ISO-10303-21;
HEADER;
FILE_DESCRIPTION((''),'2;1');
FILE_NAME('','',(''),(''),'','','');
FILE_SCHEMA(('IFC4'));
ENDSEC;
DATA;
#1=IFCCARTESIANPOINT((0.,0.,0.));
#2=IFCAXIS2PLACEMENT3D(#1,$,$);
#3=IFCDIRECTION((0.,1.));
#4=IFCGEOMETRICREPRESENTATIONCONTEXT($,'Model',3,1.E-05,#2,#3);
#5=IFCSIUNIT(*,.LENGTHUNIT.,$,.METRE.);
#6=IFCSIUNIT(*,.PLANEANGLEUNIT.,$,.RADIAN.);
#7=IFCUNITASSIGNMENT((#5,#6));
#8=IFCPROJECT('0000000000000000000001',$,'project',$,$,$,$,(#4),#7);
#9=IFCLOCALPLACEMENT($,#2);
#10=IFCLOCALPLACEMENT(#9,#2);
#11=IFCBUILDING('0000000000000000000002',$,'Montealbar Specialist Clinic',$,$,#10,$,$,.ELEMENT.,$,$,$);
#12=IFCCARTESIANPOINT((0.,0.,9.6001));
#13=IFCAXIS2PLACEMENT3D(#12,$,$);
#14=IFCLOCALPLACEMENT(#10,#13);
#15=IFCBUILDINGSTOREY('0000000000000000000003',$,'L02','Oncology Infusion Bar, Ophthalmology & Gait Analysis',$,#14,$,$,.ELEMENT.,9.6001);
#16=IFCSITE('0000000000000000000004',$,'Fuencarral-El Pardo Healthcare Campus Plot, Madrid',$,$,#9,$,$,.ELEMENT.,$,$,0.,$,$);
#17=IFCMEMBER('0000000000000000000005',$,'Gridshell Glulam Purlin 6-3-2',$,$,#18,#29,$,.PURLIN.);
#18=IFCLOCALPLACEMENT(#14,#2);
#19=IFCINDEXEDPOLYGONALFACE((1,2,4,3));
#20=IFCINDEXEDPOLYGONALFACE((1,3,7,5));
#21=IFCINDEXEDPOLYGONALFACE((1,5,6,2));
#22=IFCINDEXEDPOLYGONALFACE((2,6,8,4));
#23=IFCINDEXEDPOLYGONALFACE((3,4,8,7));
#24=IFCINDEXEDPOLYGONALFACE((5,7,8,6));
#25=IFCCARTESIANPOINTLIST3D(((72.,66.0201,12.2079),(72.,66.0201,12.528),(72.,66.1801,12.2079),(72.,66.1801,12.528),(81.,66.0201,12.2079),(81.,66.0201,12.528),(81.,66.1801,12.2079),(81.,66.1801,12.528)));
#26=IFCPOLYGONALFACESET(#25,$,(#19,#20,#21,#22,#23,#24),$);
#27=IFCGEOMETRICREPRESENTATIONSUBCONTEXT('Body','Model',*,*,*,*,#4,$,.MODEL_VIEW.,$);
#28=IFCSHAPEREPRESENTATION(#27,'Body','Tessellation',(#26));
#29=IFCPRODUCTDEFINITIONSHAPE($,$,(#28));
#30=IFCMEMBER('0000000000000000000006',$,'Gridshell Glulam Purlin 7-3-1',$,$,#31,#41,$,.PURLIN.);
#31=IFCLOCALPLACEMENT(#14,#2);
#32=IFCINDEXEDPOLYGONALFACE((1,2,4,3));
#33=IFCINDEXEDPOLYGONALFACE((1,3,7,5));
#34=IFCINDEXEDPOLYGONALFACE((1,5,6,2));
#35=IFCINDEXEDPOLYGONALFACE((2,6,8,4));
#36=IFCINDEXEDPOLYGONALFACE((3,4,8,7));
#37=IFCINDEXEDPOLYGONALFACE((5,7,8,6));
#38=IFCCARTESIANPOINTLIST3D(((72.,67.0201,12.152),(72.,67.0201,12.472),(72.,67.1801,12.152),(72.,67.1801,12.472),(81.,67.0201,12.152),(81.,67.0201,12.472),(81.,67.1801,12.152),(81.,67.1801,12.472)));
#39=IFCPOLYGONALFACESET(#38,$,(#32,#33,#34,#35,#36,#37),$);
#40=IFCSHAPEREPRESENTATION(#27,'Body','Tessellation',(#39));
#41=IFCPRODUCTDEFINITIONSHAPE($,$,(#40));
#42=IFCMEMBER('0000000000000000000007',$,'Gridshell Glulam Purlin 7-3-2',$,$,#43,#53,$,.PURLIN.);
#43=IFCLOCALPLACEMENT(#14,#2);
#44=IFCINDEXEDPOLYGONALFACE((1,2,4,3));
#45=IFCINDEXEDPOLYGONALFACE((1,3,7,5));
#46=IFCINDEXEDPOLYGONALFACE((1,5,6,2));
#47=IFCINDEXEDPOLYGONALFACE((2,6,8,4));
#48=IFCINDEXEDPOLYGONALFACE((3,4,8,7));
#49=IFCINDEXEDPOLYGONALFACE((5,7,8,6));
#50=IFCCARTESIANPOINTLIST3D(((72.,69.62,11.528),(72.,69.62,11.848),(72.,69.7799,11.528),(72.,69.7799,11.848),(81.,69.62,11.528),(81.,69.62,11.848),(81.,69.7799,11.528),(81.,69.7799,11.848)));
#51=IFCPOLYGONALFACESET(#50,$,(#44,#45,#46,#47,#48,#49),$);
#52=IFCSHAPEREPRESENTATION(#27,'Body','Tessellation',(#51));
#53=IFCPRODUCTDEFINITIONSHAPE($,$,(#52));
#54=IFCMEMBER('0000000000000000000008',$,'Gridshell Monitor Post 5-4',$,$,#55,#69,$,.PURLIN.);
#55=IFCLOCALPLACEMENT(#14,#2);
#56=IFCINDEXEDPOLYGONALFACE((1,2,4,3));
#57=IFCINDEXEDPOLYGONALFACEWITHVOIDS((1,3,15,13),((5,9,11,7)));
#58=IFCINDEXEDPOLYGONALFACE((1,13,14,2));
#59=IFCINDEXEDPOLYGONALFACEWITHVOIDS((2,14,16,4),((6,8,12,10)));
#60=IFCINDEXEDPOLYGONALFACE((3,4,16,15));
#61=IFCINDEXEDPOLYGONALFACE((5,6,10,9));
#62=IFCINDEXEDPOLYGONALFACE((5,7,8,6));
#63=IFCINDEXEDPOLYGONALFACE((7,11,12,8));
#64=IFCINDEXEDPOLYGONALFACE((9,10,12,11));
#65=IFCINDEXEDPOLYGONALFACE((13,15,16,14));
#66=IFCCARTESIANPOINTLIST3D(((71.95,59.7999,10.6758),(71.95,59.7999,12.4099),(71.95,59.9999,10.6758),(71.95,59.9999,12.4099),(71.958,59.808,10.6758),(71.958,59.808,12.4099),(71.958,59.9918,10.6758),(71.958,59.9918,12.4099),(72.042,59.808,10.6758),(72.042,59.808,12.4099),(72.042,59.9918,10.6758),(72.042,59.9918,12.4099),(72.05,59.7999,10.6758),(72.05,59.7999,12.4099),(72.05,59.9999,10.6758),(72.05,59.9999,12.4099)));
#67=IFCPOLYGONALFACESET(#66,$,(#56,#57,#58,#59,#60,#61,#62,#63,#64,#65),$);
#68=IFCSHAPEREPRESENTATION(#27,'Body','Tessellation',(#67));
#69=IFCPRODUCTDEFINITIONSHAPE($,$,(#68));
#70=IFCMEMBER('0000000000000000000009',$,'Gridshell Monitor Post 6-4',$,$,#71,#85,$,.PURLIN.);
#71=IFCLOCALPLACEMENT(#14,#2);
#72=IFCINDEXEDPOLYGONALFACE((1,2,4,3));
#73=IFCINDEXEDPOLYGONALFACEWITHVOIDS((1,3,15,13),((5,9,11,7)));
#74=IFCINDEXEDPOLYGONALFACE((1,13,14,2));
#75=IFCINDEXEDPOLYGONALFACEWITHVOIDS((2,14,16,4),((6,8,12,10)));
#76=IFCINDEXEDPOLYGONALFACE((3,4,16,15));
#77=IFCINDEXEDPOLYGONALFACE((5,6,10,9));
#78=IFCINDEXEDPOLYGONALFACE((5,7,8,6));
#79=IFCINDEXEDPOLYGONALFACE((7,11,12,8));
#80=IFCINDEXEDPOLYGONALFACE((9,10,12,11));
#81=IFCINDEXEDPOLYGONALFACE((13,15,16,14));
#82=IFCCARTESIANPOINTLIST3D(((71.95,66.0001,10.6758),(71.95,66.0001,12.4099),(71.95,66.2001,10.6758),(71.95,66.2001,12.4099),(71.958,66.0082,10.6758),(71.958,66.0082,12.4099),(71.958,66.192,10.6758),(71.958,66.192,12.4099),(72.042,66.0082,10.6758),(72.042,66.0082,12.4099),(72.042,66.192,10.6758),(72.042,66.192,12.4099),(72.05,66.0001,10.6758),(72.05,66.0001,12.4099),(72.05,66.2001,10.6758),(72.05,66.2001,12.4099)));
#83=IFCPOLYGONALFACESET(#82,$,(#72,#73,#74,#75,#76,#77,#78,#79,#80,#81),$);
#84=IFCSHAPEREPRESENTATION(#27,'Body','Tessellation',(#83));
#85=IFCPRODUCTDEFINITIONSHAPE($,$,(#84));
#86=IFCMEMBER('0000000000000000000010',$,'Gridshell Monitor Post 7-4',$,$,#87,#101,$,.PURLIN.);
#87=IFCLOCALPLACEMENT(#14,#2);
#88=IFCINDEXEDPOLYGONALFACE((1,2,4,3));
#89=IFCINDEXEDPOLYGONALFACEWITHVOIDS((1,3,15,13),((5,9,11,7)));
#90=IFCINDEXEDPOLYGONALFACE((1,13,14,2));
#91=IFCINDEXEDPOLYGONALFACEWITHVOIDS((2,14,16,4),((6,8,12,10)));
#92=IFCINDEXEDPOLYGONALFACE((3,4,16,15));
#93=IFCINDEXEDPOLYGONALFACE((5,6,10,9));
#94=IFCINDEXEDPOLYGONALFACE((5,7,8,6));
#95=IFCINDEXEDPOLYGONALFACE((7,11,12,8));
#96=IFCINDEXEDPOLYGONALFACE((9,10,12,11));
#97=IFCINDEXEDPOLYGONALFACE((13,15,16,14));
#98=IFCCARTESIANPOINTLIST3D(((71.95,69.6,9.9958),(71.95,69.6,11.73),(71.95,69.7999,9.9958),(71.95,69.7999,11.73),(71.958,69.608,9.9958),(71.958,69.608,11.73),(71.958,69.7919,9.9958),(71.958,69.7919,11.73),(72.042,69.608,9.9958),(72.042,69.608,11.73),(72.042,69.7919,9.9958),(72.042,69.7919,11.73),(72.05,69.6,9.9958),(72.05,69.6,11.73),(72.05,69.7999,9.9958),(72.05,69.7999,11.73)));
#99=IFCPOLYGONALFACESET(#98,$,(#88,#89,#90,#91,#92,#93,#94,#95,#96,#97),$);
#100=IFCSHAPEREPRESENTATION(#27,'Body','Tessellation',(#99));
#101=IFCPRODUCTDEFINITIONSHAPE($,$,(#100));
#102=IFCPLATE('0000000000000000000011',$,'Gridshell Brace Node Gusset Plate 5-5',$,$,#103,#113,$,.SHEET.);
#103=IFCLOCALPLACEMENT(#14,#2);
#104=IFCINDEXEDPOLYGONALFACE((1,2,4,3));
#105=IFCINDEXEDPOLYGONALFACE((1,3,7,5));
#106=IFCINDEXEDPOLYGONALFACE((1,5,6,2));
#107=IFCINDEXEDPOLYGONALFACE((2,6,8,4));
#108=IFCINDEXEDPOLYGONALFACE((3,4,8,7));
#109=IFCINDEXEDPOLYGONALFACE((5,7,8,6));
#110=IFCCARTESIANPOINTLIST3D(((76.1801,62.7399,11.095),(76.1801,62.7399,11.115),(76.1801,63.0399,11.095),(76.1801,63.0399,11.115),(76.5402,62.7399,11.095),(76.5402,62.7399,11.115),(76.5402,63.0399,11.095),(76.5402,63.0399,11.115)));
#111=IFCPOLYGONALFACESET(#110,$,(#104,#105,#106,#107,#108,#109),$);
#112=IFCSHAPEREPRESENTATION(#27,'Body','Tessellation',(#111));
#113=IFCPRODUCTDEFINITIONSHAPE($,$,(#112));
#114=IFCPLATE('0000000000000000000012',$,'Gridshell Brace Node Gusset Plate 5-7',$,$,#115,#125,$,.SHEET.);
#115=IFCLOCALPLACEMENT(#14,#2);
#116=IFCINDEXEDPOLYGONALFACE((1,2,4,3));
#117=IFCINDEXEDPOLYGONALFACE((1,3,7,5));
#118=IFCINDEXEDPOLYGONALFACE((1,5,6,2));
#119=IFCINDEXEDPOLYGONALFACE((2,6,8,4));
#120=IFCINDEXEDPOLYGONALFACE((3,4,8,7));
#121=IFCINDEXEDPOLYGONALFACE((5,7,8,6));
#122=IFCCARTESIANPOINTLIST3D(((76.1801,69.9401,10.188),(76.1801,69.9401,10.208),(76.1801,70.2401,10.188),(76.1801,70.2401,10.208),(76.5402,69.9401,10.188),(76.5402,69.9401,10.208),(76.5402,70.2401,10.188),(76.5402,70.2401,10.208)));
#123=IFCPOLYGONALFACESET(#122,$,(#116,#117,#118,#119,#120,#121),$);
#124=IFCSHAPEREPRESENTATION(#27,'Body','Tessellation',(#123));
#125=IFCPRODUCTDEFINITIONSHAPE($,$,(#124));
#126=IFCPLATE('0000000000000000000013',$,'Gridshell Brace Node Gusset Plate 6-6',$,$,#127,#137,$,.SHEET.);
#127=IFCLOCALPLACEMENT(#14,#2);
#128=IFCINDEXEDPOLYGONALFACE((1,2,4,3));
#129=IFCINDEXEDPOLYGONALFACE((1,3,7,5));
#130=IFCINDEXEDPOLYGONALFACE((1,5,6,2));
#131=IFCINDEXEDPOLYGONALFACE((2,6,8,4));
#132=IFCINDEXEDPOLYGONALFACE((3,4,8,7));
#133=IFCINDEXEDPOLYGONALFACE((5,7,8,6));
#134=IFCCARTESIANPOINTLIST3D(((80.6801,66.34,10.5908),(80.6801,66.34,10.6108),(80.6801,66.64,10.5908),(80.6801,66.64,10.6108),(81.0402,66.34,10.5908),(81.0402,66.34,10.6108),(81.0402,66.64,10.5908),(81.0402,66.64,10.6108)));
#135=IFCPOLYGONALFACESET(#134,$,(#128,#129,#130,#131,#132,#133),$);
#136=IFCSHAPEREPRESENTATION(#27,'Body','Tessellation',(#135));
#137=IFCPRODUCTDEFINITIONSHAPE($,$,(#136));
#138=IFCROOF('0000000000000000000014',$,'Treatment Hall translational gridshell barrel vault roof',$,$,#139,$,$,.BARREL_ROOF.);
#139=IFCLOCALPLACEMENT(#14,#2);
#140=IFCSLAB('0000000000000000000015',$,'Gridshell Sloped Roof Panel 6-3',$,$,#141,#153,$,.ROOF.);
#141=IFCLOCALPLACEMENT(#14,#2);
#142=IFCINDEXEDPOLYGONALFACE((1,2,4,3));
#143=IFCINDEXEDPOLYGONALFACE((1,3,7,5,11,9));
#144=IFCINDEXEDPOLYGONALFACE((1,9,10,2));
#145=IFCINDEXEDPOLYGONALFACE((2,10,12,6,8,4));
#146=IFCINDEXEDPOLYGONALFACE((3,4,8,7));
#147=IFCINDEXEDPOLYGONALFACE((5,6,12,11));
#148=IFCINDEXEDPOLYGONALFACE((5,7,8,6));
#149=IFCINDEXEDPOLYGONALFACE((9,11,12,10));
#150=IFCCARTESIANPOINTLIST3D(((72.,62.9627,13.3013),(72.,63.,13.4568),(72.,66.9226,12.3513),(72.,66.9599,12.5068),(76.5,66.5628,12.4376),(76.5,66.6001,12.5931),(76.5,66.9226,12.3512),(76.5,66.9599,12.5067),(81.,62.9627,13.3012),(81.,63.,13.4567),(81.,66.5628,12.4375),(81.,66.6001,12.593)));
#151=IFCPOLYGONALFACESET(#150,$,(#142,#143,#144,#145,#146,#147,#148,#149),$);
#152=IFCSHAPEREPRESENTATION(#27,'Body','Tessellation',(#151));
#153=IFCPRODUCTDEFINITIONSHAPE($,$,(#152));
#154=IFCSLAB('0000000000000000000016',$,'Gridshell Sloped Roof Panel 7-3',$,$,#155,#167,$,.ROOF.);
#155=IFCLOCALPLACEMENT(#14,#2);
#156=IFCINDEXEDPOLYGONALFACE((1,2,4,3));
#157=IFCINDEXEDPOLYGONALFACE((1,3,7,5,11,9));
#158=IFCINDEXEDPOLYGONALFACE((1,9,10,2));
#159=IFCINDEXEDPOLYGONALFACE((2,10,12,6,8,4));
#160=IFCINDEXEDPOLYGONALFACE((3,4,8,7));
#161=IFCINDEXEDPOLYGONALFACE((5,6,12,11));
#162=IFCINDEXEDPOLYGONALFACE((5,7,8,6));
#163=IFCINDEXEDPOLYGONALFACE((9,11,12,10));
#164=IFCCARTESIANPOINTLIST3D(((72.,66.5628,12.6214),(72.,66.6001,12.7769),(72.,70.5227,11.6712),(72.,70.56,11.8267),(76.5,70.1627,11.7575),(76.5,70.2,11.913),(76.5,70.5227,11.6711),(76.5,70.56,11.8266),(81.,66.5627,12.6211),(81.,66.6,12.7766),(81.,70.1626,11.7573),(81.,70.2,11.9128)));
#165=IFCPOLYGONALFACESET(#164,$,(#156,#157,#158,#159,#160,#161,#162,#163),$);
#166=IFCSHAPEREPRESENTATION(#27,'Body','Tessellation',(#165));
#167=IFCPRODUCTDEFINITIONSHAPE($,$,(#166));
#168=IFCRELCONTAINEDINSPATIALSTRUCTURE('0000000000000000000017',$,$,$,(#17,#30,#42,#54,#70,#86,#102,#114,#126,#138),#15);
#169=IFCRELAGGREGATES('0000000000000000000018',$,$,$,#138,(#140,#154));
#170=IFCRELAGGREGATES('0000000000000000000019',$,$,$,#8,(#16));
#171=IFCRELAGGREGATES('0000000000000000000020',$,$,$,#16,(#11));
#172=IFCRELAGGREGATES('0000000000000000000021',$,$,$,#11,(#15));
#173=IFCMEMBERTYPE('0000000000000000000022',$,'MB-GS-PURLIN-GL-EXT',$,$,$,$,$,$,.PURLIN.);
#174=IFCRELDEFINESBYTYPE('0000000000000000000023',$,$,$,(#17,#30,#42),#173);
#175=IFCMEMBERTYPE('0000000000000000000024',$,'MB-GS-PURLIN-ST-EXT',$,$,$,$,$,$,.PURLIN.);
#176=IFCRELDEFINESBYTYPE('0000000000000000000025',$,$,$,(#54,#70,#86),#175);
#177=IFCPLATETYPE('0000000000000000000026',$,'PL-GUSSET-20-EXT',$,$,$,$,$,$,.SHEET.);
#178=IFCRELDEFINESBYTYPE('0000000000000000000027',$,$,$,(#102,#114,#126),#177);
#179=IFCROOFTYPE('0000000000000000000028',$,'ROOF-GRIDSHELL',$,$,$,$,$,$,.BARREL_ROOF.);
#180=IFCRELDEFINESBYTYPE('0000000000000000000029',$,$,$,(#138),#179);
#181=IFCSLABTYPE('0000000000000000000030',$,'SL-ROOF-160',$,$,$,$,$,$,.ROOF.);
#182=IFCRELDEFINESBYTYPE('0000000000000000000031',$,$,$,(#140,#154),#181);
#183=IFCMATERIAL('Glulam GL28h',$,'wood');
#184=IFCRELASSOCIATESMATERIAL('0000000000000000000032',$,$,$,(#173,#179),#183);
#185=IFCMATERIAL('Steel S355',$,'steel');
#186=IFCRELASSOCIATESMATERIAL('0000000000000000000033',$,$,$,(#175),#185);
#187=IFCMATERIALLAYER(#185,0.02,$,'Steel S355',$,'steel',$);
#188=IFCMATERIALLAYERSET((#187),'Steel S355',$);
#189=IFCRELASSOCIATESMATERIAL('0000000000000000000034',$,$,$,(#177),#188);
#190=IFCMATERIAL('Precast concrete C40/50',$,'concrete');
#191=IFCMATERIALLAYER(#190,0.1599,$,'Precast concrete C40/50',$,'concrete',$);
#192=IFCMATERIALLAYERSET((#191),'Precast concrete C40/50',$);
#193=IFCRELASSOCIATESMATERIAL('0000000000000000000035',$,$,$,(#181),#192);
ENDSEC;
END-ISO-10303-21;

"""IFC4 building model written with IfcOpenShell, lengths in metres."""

from ifc_helpers import new_model, si_unit, direction, frame, origin, origin_2d, place, context, subcontext, project, spatial, polyline, rectangle, hollow_rectangle, outline, extrude, material, layer, layer_set, material_profile, profile_set, type_object, element, aggregate, save


model = new_model("IFC4")

# Units and contexts
model_context = context("Model", 3, precision=1e-05, world=origin(), true_north=direction((0.0, 1.0)))
body_context = subcontext(model_context, "Body", "Model", "MODEL_VIEW")
ifc_project = project(units=[si_unit("LENGTHUNIT", "METRE"), si_unit("PLANEANGLEUNIT", "RADIAN")], contexts=[model_context])

# Site, building, storey
site_placement = place(None, origin())
site = spatial("IfcSite", under=ifc_project, at=site_placement, Name="Fuencarral-El Pardo Healthcare Campus Plot, Madrid", CompositionType="ELEMENT", RefElevation=0.0)
building_placement = place(site_placement, origin())
building = spatial("IfcBuilding", under=site, at=building_placement, Name="Montealbar Specialist Clinic", CompositionType="ELEMENT")
storey_placement = place(building_placement, frame((0.0, 0.0, 9.6001)))
storey = spatial("IfcBuildingStorey", under=building, at=storey_placement, Name="L02", Description="Oncology Infusion Bar, Ophthalmology & Gait Analysis", CompositionType="ELEMENT", Elevation=9.6001)

# Shared definitions
ifc_material_1 = material(Name="Steel S355", Category="steel")
ifc_material_2 = material(Name="Glulam GL28h", Category="wood")

# Members
ifc_material_profile_1 = material_profile(ifc_material_2, rectangle(XDim=0.1599, YDim=0.3201, at=origin_2d()), Name="GL28h 160x320", Category="wood")
ifc_profile_set_1 = profile_set([ifc_material_profile_1], Name="Glulam GL28h")
member_type_1 = type_object("IfcMemberType", Name="MB-GS-PURLIN-GL-EXT", PredefinedType="PURLIN", material=ifc_profile_set_1)
for number, where, z_axis, x_axis, name in (
    (1, (72.0, 66.1001, 12.3679), (1.0, 0.0, 0.0), (0.0, 1.0, 0.0), "Gridshell Glulam Purlin 6-3-2"),
    (2, (72.0, 67.1001, 12.312), (1.0, 0.0, 0.0), (0.0, 1.0, 0.0), "Gridshell Glulam Purlin 7-3-1"),
    (3, (72.0, 69.7, 11.688), (1.0, 0.0, 0.0), (0.0, 1.0, 0.0), "Gridshell Glulam Purlin 7-3-2"),
):
    element("IfcMember", number, at=place(storey_placement, frame(where, z_axis=z_axis, x_axis=x_axis)), inside=storey, type_object=member_type_1, Name=name, PredefinedType="PURLIN", context=body_context, shape_type="SweptSolid", body=[
        extrude(rectangle(XDim=0.1599, YDim=0.3201, at=origin_2d()), origin(), (0.0, 0.0, 1.0), 9.0),
    ])
ifc_material_profile_2 = material_profile(ifc_material_1, hollow_rectangle(XDim=0.1001, YDim=0.2, WallThickness=0.0081, at=origin_2d()), Name="RHS 200x100x8", Category="steel")
ifc_profile_set_2 = profile_set([ifc_material_profile_2], Name="Steel S355")
member_type_2 = type_object("IfcMemberType", Name="MB-GS-PURLIN-ST-EXT", PredefinedType="PURLIN", material=ifc_profile_set_2)
for number, where, z_axis, x_axis, name in (
    (4, (72.0, 59.8999, 10.6758), (0.0, 0.0, 1.0), (1.0, 0.0, 0.0), "Gridshell Monitor Post 5-4"),
    (5, (72.0, 66.1001, 10.6758), (0.0, 0.0, 1.0), (1.0, 0.0, 0.0), "Gridshell Monitor Post 6-4"),
    (6, (72.0, 69.7, 9.9958), (0.0, 0.0, 1.0), (1.0, 0.0, 0.0), "Gridshell Monitor Post 7-4"),
):
    element("IfcMember", number, at=place(storey_placement, frame(where, z_axis=z_axis, x_axis=x_axis)), inside=storey, type_object=member_type_2, Name=name, PredefinedType="PURLIN", context=body_context, shape_type="SweptSolid", body=[
        extrude(hollow_rectangle(XDim=0.1001, YDim=0.2, WallThickness=0.0081, at=origin_2d()), origin(), (0.0, 0.0, 1.0), 1.7341),
    ])

# Plates
ifc_layer_1 = layer(ifc_material_1, 0.02, Name="Steel S355", Category="steel")
ifc_layer_set_1 = layer_set([ifc_layer_1], Name="Steel S355")
plate_type = type_object("IfcPlateType", Name="PL-GUSSET-20-EXT", PredefinedType="SHEET", material=ifc_layer_set_1)
for number, where, z_axis, x_axis, name in (
    (7, (76.3601, 62.8899, 11.095), (0.0, 0.0, 1.0), (1.0, 0.0, 0.0), "Gridshell Brace Node Gusset Plate 5-5"),
    (8, (76.3601, 70.0901, 10.188), (0.0, 0.0, 1.0), (1.0, 0.0, 0.0), "Gridshell Brace Node Gusset Plate 5-7"),
    (9, (80.8601, 66.49, 10.5908), (0.0, 0.0, 1.0), (1.0, 0.0, 0.0), "Gridshell Brace Node Gusset Plate 6-6"),
):
    element("IfcPlate", number, at=place(storey_placement, frame(where, z_axis=z_axis, x_axis=x_axis)), inside=storey, type_object=plate_type, Name=name, PredefinedType="SHEET", context=body_context, shape_type="SweptSolid", body=[
        extrude(rectangle(XDim=0.3601, YDim=0.3, at=origin_2d()), origin(), (0.0, 0.0, 1.0), 0.02),
    ])

# Roof, slabs
roof_type = type_object("IfcRoofType", Name="ROOF-GRIDSHELL", PredefinedType="BARREL_ROOF", material=ifc_material_2)
roof_placement = place(storey_placement, origin())
roof = element("IfcRoof", 10, at=roof_placement, inside=storey, type_object=roof_type, Name="Treatment Hall translational gridshell barrel vault roof", PredefinedType="BARREL_ROOF")
ifc_material_3 = material(Name="Precast concrete C40/50", Category="concrete")
ifc_layer_2 = layer(ifc_material_3, 0.1599, Name="Precast concrete C40/50", Category="concrete")
ifc_layer_set_2 = layer_set([ifc_layer_2], Name="Precast concrete C40/50")
slab_type = type_object("IfcSlabType", Name="SL-ROOF-160", PredefinedType="ROOF", material=ifc_layer_set_2)
slab_1_placement = place(storey_placement, frame((72.0, 63.0, 13.4568), z_axis=(0.000008, 0.233289, 0.972408), x_axis=(1.0, -0.000002, -0.000008)))
slab_1 = element("IfcSlab", 11, at=slab_1_placement, type_object=slab_type, Name="Gridshell Sloped Roof Panel 6-3", PredefinedType="ROOF", context=body_context, shape_type="SweptSolid", body=[
    extrude(outline(polyline([(0.0, 0.0), (9.0, 0.0), (9.0, 3.7023), (4.5, 3.7023), (4.5, 4.0723), (0.0, 4.0723), (0.0, 0.0)])), origin(), (0.0, 0.0, -1.0), 0.1599),
])
slab_2_placement = place(storey_placement, frame((72.0, 66.6001, 12.7769), z_axis=(0.000025, 0.233325, 0.972399), x_axis=(1.0, -0.000006, -0.000025)))
slab_2 = element("IfcSlab", 12, at=slab_2_placement, type_object=slab_type, Name="Gridshell Sloped Roof Panel 7-3", PredefinedType="ROOF", context=body_context, shape_type="SweptSolid", body=[
    extrude(outline(polyline([(0.0, 0.0), (9.0, 0.0), (9.0, 3.7021), (4.5, 3.7021), (4.5, 4.0723), (0.0, 4.0723), (0.0, 0.0)])), origin(), (0.0, 0.0, -1.0), 0.1599),
])
aggregate(roof, [slab_1, slab_2])

save(model, "model.ifc")
